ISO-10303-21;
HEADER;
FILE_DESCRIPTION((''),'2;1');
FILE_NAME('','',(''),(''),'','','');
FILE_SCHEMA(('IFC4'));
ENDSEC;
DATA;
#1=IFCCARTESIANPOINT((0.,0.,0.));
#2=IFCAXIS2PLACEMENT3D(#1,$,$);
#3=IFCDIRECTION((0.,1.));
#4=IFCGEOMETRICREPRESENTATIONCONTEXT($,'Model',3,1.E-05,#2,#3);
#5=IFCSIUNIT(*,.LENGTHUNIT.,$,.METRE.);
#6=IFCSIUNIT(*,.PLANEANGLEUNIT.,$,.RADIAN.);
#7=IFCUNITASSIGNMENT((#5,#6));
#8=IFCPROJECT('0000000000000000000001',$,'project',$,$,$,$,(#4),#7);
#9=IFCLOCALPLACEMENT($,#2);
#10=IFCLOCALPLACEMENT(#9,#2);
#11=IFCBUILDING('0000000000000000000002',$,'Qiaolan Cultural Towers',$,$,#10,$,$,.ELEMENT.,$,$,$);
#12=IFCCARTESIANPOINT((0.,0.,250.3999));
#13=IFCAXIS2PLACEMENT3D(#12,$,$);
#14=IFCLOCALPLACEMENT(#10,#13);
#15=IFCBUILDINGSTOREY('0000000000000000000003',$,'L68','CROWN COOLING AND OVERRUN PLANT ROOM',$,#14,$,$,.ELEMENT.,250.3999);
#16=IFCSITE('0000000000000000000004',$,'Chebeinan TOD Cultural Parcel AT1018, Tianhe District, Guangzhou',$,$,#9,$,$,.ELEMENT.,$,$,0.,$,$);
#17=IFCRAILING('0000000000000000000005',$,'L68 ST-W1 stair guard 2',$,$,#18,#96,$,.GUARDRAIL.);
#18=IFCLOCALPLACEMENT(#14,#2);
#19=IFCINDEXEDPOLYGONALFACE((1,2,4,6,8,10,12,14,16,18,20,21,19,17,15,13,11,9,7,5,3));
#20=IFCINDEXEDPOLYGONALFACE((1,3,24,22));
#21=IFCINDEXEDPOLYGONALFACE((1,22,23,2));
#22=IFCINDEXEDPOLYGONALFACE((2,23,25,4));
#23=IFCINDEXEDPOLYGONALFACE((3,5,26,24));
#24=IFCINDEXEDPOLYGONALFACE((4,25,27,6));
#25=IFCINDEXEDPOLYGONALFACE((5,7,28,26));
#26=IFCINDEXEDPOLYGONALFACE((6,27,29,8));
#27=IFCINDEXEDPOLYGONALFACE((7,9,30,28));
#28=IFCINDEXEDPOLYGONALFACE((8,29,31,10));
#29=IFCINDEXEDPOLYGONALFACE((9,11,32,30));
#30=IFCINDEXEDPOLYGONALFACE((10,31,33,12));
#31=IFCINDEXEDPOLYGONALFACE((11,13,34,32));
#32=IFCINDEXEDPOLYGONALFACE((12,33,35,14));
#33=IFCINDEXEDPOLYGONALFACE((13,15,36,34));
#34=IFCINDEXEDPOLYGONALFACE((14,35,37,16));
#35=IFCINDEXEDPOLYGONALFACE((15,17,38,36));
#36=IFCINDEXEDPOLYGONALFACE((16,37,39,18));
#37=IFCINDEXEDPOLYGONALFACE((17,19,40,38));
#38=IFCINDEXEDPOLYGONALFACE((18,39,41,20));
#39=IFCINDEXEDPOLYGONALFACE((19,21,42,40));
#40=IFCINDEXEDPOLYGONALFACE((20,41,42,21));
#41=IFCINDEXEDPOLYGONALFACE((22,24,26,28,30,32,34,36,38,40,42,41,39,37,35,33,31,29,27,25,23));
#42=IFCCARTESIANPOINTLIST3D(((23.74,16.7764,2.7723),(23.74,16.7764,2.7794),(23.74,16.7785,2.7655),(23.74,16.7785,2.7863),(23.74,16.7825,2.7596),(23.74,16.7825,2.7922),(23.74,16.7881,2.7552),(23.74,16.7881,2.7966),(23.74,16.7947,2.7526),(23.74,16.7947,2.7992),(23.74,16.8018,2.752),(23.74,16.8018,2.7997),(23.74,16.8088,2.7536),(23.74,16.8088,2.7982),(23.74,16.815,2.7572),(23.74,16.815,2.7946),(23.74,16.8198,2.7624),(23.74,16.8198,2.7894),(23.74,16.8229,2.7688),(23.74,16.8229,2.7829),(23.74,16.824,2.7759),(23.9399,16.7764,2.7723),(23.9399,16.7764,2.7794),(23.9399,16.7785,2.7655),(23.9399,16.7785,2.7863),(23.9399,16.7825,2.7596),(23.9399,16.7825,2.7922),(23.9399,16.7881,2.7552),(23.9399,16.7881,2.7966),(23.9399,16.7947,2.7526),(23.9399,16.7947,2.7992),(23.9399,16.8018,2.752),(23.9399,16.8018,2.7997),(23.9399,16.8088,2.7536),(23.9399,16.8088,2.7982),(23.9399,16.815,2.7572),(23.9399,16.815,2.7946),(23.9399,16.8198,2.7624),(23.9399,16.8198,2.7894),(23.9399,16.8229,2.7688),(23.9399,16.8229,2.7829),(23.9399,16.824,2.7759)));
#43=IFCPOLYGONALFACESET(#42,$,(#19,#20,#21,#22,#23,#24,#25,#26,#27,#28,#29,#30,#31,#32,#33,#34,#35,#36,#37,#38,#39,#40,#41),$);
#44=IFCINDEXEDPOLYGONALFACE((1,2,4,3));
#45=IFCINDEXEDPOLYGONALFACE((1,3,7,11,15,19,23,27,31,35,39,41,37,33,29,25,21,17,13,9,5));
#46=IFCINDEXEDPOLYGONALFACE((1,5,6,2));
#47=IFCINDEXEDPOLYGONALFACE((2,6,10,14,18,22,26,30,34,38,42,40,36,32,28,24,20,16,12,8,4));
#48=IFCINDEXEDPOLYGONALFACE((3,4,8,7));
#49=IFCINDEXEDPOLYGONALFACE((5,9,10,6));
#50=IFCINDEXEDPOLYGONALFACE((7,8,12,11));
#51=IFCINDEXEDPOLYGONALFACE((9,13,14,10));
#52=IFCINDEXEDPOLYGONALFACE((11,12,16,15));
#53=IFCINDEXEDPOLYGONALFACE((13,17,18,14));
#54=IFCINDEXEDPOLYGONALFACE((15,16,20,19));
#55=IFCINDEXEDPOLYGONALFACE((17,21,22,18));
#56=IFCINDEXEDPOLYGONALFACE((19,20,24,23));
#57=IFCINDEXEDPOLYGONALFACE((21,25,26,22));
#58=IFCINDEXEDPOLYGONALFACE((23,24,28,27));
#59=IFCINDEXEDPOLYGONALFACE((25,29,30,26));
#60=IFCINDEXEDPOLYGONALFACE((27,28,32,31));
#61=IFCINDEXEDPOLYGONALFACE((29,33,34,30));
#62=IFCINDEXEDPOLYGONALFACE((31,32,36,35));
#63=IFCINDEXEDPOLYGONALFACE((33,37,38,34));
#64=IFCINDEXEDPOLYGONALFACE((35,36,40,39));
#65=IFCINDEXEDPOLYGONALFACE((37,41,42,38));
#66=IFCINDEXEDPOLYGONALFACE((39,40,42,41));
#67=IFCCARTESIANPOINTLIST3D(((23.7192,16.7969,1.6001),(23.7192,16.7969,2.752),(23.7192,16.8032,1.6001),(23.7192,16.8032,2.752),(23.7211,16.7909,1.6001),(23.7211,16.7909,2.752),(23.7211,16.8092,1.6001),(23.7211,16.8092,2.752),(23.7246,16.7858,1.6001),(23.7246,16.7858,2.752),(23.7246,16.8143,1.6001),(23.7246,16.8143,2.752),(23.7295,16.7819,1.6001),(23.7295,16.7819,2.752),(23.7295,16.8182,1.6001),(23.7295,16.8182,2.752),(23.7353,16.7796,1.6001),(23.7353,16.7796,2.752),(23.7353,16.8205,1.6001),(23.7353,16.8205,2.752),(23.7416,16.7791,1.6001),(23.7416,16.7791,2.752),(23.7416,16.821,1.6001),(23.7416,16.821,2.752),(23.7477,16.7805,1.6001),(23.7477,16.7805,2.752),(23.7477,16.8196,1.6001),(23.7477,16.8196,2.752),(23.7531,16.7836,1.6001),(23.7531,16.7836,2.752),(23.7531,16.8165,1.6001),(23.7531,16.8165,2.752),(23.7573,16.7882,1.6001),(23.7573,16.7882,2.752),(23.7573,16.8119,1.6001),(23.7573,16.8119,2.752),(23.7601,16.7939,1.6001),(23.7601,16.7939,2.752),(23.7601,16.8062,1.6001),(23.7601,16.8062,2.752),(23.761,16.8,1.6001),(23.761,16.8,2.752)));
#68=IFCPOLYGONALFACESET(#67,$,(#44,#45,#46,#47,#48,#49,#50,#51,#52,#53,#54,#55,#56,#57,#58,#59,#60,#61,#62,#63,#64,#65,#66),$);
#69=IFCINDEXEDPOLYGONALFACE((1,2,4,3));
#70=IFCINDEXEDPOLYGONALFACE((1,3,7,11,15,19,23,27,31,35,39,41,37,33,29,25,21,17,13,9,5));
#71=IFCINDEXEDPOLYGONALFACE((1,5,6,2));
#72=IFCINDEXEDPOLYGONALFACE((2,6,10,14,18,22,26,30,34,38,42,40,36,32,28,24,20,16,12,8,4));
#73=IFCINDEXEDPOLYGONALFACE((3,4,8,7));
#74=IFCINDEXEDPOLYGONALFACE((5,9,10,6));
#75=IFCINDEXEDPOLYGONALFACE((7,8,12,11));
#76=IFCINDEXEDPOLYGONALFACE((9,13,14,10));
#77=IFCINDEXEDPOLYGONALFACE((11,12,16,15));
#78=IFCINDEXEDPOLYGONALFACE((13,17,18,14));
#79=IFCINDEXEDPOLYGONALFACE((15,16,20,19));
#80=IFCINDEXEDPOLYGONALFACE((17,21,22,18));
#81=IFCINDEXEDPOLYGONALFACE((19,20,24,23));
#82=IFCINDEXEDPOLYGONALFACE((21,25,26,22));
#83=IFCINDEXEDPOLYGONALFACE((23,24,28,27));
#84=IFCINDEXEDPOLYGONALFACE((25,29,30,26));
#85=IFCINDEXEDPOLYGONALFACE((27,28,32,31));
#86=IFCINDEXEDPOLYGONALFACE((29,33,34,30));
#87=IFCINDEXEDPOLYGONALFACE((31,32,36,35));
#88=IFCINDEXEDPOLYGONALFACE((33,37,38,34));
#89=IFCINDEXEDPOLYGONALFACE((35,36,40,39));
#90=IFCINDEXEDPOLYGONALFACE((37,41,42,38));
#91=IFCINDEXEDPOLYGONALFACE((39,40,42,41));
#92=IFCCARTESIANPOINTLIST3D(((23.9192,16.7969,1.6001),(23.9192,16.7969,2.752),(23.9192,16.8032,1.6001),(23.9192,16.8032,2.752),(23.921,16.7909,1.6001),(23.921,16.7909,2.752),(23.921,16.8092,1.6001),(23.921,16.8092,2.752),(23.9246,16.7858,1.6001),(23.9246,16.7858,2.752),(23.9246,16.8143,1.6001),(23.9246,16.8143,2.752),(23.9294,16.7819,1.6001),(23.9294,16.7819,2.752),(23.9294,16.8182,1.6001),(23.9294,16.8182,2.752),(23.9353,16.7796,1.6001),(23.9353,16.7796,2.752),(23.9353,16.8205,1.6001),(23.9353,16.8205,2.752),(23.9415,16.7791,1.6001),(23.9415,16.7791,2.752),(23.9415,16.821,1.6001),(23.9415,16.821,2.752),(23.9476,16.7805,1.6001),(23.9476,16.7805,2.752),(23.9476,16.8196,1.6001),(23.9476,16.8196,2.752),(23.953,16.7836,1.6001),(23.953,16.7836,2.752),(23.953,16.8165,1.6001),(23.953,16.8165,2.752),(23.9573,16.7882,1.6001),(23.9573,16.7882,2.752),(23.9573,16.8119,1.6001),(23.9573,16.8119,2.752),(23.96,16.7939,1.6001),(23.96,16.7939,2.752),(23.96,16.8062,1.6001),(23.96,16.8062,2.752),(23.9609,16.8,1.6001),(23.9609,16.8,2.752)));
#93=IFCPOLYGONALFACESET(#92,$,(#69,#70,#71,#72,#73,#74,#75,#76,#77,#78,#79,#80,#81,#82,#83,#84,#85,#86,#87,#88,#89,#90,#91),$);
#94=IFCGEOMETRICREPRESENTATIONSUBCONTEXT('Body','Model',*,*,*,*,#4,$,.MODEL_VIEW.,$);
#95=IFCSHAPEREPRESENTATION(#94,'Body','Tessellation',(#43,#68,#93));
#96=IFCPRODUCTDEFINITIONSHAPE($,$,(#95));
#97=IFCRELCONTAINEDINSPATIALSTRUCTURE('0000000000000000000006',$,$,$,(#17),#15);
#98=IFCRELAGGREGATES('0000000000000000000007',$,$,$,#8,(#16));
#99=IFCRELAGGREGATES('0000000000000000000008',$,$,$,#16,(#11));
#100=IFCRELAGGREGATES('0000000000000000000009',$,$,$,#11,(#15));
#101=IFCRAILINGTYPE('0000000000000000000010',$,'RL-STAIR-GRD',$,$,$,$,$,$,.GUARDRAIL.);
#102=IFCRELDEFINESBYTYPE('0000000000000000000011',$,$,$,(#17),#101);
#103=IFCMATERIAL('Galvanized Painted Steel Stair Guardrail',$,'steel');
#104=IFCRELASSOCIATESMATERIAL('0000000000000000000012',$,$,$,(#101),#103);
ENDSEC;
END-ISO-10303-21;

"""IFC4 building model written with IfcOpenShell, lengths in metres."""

from ifc_helpers import new_model, si_unit, direction, frame, origin, origin_2d, place, context, subcontext, project, spatial, circle, extrude, material, type_object, element, save


model = new_model("IFC4")

# Units and contexts
model_context = context("Model", 3, precision=1e-05, world=origin(), true_north=direction((0.0, 1.0)))
body_context = subcontext(model_context, "Body", "Model", "MODEL_VIEW")
ifc_project = project(units=[si_unit("LENGTHUNIT", "METRE"), si_unit("PLANEANGLEUNIT", "RADIAN")], contexts=[model_context])

# Site, building, storey
site_placement = place(None, origin())
site = spatial("IfcSite", under=ifc_project, at=site_placement, Name="Chebeinan TOD Cultural Parcel AT1018, Tianhe District, Guangzhou", CompositionType="ELEMENT", RefElevation=0.0)
building_placement = place(site_placement, origin())
building = spatial("IfcBuilding", under=site, at=building_placement, Name="Qiaolan Cultural Towers", CompositionType="ELEMENT")
storey_placement = place(building_placement, frame((0.0, 0.0, 250.3999)))
storey = spatial("IfcBuildingStorey", under=building, at=storey_placement, Name="L68", Description="CROWN COOLING AND OVERRUN PLANT ROOM", CompositionType="ELEMENT", Elevation=250.3999)

# Railing
ifc_material_1 = material(Name="Galvanized Painted Steel Stair Guardrail", Category="steel")
railing_type_1 = type_object("IfcRailingType", Name="RL-STAIR-GRD", PredefinedType="GUARDRAIL", material=ifc_material_1)
railing_1_placement = place(storey_placement, frame((23.74, 16.8, 1.6001)))
element("IfcRailing", 1, at=railing_1_placement, inside=storey, type_object=railing_type_1, Name="L68 ST-W1 stair guard 2", PredefinedType="GUARDRAIL", context=body_context, shape_type="SweptSolid", body=[
    extrude(circle(Radius=0.0239, at=origin_2d()), frame((0.0, 0.0, 1.1758), z_axis=(1.0, 0.0, 0.0), x_axis=(0.0, 1.0, 0.0)), (0.0, 0.0, 1.0), 0.2),
    extrude(circle(Radius=0.021, at=origin_2d()), origin(), (0.0, 0.0, 1.0), 1.1519),
    extrude(circle(Radius=0.021, at=origin_2d()), frame((0.2, 0.0, 0.0)), (0.0, 0.0, 1.0), 1.1519),
])

save(model, "model.ifc")
